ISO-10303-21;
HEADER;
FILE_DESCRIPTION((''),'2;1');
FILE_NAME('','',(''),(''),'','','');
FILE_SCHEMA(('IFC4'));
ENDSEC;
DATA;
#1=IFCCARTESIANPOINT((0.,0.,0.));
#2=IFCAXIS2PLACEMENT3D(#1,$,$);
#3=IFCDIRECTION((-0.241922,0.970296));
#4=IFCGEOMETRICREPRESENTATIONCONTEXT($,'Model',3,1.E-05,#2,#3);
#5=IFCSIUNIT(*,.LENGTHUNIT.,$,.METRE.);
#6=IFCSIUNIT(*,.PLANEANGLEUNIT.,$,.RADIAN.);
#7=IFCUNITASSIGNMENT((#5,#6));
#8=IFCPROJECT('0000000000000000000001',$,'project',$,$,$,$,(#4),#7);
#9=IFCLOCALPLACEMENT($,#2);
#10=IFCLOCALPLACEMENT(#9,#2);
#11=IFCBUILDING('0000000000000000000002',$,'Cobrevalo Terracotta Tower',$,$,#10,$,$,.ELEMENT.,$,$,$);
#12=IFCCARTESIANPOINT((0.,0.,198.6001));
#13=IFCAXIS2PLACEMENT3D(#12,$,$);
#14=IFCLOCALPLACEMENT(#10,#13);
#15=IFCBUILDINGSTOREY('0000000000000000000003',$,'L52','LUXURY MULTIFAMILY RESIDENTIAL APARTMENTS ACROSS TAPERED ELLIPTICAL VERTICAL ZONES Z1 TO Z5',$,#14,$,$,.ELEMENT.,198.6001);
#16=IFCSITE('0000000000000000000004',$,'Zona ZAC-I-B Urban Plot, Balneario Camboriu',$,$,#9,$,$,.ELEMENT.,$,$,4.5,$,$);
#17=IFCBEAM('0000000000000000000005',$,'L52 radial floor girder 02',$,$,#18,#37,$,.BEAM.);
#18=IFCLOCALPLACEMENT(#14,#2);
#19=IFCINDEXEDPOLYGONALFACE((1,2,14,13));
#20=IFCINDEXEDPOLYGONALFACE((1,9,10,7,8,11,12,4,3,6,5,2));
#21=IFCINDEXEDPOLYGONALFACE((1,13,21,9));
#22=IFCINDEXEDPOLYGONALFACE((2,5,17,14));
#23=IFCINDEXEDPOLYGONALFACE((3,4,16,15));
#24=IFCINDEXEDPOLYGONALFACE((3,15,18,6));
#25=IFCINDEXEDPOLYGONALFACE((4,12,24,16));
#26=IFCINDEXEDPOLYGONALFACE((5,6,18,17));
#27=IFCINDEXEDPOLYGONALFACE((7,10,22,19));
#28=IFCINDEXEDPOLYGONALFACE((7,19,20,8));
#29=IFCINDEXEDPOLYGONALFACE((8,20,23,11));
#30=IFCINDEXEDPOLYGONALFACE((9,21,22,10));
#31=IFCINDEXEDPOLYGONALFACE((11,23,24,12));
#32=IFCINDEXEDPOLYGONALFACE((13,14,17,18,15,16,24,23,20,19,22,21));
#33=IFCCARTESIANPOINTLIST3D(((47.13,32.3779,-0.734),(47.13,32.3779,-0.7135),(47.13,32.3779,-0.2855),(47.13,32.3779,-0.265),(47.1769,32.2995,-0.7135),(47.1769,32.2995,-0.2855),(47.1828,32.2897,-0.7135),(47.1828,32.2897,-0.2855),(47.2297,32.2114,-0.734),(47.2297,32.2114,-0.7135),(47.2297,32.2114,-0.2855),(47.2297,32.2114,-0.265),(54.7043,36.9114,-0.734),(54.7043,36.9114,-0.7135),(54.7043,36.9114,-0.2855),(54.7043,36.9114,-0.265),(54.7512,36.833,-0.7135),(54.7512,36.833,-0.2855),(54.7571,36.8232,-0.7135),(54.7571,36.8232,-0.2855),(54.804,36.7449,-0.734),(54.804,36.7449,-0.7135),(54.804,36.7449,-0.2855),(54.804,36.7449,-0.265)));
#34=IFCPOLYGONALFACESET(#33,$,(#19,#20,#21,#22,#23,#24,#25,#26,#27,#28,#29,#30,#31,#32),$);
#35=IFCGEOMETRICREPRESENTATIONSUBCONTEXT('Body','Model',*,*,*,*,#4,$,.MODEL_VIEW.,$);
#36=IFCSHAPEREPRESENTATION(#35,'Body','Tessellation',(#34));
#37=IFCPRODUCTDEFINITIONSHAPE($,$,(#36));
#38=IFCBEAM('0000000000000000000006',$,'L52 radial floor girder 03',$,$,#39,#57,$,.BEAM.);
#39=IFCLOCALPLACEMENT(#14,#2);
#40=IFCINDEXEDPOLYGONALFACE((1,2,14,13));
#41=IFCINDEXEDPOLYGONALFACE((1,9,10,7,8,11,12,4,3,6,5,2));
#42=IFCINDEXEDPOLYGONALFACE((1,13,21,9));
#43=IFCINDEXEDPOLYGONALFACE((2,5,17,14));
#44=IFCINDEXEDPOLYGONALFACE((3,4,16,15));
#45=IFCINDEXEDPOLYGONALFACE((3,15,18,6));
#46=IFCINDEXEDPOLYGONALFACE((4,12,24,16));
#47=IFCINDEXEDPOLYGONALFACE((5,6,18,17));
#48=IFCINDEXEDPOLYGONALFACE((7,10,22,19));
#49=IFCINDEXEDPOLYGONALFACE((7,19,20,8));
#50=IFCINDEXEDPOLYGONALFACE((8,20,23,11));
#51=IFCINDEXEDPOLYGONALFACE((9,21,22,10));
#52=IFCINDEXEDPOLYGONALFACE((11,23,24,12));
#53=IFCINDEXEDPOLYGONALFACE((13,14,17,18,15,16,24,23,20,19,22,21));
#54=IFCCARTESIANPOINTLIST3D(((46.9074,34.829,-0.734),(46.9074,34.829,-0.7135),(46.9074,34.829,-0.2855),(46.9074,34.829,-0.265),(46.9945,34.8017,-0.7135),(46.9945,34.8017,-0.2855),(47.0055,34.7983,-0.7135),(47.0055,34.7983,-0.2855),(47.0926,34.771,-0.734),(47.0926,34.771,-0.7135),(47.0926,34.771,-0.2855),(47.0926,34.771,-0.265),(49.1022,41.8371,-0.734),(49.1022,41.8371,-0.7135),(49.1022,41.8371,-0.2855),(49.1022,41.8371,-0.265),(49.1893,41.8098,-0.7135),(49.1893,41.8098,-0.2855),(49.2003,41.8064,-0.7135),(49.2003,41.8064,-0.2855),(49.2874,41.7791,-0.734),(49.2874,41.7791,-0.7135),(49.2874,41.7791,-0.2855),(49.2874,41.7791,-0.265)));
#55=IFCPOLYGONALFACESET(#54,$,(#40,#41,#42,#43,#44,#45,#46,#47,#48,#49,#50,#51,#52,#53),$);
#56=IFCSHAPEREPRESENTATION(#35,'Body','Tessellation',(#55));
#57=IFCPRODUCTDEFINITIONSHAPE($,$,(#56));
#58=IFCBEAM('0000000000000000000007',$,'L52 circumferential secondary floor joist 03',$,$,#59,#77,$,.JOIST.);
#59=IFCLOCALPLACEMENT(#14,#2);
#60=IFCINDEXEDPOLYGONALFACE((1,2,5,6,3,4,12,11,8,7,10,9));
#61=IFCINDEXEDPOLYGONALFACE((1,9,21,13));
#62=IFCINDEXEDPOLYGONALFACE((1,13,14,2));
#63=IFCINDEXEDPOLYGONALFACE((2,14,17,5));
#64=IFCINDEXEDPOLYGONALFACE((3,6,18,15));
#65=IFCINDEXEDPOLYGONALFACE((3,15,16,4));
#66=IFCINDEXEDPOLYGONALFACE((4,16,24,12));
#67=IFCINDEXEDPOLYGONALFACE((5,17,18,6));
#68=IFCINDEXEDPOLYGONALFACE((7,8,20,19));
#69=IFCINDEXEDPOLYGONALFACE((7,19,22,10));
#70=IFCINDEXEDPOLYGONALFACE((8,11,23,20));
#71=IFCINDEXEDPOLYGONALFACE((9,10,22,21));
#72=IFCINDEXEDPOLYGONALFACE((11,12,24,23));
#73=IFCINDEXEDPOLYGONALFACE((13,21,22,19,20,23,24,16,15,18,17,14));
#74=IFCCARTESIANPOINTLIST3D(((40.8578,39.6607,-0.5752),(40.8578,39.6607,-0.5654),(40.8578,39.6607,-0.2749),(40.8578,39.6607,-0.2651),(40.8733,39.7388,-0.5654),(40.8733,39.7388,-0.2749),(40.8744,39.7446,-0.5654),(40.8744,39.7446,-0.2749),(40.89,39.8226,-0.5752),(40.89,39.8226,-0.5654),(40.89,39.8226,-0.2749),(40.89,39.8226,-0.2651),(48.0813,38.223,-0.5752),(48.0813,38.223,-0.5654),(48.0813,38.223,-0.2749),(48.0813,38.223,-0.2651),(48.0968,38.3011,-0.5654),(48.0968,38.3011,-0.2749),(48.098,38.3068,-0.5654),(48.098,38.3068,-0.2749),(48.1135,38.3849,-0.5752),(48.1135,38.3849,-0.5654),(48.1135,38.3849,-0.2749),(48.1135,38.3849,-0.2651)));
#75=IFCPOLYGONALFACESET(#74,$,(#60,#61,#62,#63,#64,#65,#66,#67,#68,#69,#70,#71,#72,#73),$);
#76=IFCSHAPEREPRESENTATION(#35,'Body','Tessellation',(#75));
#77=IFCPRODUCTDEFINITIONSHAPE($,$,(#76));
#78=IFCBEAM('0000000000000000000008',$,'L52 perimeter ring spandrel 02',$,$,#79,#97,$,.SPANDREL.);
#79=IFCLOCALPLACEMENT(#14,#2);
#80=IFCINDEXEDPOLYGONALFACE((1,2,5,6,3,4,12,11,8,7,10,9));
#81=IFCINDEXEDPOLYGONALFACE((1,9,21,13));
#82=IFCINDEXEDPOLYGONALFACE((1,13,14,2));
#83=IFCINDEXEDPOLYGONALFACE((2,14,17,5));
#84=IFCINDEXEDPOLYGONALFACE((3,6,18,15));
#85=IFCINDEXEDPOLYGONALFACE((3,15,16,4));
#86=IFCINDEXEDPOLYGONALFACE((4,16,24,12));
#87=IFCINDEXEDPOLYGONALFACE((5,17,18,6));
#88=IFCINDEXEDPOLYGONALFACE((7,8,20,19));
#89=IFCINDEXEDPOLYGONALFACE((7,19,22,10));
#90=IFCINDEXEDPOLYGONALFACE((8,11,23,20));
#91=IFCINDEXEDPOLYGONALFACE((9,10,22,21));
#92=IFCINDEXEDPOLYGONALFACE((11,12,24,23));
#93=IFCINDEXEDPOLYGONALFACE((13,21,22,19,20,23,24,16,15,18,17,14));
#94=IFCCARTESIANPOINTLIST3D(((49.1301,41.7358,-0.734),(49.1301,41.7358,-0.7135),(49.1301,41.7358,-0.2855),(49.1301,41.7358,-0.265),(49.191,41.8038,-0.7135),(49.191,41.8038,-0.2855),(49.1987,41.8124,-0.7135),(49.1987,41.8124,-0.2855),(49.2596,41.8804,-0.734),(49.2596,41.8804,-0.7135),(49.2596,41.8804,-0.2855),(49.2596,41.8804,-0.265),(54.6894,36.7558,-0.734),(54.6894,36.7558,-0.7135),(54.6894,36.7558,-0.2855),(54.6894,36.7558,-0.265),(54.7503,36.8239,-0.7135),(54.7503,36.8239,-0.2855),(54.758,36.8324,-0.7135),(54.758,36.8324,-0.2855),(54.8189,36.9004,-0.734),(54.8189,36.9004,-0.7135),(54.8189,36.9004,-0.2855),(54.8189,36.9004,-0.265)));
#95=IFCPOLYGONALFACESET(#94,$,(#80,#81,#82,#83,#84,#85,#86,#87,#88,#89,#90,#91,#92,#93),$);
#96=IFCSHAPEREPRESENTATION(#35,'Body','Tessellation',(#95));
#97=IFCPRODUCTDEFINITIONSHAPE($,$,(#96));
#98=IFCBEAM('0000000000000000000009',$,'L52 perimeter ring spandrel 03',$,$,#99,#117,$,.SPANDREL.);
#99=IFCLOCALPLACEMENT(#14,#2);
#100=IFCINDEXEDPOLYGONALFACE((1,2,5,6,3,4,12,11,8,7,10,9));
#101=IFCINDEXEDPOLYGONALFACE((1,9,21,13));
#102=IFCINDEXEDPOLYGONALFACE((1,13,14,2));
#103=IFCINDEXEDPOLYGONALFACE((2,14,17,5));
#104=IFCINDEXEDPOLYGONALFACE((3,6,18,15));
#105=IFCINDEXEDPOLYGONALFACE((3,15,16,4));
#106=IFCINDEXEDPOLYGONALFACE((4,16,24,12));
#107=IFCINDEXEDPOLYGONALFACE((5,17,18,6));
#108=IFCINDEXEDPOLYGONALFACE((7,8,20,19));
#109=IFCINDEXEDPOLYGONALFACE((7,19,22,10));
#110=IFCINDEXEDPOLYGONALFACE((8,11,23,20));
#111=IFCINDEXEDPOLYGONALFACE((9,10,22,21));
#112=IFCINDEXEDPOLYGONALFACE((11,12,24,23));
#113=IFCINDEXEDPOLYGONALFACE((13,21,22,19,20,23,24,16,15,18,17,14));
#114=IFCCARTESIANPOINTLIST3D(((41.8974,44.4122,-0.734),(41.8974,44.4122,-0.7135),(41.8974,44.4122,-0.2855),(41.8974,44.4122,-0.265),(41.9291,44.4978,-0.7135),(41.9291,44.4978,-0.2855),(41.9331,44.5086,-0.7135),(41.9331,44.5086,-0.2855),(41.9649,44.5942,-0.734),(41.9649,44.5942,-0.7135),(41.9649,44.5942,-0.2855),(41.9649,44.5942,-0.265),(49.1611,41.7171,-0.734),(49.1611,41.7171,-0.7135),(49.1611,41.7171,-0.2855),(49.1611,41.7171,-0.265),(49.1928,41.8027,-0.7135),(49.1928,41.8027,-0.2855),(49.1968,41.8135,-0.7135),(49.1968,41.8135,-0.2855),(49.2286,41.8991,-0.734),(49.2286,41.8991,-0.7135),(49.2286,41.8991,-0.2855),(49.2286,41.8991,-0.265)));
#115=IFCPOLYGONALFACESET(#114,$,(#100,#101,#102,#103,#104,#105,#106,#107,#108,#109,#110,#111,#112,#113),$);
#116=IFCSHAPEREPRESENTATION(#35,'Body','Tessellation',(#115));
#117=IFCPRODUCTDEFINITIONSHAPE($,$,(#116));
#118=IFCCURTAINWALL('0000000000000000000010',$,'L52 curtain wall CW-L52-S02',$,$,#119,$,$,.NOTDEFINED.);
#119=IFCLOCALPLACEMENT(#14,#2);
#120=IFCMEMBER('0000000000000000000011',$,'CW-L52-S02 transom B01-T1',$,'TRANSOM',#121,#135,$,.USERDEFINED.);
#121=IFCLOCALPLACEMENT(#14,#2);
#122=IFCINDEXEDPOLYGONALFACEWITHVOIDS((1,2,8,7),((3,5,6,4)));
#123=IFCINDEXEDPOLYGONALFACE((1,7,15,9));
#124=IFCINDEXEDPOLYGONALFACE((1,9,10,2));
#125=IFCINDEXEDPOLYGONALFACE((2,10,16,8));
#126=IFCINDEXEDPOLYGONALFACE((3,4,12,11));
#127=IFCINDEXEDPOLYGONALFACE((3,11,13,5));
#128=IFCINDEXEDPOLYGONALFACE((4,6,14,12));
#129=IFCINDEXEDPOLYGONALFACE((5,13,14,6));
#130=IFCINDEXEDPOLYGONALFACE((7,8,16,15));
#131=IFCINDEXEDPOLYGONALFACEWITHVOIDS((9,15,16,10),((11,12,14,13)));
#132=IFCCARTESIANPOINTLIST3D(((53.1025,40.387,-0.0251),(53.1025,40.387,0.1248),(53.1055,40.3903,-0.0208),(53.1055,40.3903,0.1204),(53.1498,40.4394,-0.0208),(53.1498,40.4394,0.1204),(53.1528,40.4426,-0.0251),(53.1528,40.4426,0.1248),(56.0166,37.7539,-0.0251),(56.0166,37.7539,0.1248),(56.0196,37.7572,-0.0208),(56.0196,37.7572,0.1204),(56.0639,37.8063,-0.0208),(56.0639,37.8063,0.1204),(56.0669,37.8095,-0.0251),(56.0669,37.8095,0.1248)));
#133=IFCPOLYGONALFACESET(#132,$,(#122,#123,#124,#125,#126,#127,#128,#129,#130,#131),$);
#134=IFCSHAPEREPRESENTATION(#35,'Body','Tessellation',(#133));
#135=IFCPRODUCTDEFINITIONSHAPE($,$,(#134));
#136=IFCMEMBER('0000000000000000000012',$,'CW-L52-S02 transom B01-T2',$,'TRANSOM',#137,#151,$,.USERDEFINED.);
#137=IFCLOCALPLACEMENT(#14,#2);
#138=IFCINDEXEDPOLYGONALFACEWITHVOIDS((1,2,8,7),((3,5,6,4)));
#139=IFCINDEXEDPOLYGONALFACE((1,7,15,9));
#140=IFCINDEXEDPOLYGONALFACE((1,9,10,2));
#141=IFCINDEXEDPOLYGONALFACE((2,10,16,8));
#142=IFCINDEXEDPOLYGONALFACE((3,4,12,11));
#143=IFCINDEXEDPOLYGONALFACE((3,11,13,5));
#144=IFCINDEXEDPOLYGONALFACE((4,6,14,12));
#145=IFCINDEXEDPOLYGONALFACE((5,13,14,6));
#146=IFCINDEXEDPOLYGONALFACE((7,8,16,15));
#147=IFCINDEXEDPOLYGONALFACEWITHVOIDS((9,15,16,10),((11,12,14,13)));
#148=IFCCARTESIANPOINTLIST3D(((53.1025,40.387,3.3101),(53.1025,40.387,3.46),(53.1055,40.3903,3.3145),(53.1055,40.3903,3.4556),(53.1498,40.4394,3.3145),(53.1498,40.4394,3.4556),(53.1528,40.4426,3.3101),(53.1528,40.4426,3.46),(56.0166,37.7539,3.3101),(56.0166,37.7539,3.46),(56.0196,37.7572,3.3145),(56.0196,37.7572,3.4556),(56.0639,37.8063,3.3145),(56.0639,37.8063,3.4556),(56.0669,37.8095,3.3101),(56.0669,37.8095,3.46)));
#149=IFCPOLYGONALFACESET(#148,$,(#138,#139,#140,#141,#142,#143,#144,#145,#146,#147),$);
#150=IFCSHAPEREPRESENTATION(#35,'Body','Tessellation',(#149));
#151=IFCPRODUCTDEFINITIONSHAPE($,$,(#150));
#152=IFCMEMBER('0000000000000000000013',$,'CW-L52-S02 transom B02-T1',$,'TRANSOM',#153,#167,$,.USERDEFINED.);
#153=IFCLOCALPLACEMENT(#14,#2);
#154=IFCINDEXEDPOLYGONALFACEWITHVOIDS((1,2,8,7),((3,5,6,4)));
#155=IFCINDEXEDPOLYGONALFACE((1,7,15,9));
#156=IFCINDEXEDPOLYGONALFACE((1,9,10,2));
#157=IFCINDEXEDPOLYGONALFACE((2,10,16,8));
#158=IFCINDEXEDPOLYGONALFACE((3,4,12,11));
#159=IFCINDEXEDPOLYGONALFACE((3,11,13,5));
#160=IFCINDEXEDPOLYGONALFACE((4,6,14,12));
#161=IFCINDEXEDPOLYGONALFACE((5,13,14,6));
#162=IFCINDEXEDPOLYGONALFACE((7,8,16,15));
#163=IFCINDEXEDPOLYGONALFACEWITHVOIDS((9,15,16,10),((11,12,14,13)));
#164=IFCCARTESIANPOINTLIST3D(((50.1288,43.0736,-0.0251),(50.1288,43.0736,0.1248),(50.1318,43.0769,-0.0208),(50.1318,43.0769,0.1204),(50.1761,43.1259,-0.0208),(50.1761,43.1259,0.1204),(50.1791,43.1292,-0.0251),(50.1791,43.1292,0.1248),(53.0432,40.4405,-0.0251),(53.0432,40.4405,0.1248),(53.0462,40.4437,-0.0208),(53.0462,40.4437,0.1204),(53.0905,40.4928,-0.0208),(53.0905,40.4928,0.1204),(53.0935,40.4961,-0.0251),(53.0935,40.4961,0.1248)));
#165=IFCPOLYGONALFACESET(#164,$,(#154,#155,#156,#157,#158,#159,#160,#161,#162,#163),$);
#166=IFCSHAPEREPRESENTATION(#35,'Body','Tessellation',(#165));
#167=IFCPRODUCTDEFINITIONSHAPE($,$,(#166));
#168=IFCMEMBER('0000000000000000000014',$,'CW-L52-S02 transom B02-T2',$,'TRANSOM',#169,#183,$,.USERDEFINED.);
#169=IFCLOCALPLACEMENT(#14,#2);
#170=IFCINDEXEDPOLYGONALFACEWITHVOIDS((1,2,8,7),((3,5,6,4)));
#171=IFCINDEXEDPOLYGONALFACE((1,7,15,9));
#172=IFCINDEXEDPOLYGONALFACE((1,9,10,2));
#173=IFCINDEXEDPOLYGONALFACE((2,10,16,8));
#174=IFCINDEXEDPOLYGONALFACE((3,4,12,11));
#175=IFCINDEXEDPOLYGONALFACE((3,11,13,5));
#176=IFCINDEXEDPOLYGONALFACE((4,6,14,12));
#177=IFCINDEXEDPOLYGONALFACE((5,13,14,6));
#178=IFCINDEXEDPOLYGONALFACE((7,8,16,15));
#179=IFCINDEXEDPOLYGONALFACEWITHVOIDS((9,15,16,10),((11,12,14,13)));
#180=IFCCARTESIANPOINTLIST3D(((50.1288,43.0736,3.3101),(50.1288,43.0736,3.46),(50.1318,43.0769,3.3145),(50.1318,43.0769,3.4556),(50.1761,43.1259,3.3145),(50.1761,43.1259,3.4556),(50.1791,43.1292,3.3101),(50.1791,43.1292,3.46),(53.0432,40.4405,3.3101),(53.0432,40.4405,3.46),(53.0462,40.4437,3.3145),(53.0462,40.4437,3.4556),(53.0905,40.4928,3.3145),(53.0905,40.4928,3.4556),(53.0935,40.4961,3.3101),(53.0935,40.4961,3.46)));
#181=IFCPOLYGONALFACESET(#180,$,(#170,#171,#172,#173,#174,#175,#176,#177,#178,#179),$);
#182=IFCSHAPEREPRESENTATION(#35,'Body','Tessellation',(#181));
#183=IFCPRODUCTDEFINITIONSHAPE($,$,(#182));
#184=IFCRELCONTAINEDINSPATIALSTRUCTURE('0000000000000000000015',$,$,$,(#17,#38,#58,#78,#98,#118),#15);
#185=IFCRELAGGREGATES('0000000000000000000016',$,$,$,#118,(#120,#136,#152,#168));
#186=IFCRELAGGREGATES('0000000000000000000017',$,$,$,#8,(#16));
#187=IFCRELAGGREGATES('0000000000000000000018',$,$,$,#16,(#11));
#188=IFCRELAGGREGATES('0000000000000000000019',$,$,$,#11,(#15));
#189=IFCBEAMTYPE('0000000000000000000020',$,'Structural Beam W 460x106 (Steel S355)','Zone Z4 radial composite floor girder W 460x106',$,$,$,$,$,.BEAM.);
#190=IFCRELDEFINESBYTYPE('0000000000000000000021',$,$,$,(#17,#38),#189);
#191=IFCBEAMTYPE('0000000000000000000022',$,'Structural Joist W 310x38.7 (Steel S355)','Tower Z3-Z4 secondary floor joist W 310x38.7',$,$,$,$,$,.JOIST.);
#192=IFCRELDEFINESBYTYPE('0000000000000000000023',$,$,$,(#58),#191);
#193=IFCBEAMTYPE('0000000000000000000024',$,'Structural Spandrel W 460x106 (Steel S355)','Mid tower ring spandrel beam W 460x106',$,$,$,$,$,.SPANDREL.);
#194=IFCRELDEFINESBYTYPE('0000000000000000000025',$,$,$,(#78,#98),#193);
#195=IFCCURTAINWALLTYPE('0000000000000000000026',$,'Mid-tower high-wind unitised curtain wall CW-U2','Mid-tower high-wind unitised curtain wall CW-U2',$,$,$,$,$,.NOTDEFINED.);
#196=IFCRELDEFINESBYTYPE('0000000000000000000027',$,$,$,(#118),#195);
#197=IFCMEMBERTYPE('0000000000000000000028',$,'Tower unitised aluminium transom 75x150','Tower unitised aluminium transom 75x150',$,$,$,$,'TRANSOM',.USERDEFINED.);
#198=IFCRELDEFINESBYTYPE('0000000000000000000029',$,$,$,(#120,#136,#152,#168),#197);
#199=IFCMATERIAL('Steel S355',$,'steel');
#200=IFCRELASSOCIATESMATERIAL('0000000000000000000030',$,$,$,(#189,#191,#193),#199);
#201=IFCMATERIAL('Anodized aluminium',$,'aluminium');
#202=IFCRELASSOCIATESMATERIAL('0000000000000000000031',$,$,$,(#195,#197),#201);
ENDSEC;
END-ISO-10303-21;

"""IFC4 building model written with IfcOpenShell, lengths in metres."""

from ifc_helpers import new_model, si_unit, direction, frame, origin, origin_2d, place, context, subcontext, project, spatial, hollow_rectangle, i_section, extrude, source, transform, mapped, material, material_profile, profile_set, type_object, element, aggregate, save


model = new_model("IFC4")

# Units and contexts
model_context = context("Model", 3, precision=1e-05, world=origin(), true_north=direction((-0.241922, 0.970296)))
body_context = subcontext(model_context, "Body", "Model", "MODEL_VIEW")
ifc_project = project(units=[si_unit("LENGTHUNIT", "METRE"), si_unit("PLANEANGLEUNIT", "RADIAN")], contexts=[model_context])

# Site, building, storey
site_placement = place(None, origin())
site = spatial("IfcSite", under=ifc_project, at=site_placement, Name="Zona ZAC-I-B Urban Plot, Balneario Camboriu", CompositionType="ELEMENT", RefElevation=4.5)
building_placement = place(site_placement, origin())
building = spatial("IfcBuilding", under=site, at=building_placement, Name="Cobrevalo Terracotta Tower", CompositionType="ELEMENT")
storey_placement = place(building_placement, frame((0.0, 0.0, 198.6001)))
storey = spatial("IfcBuildingStorey", under=building, at=storey_placement, Name="L52", Description="LUXURY MULTIFAMILY RESIDENTIAL APARTMENTS ACROSS TAPERED ELLIPTICAL VERTICAL ZONES Z1 TO Z5", CompositionType="ELEMENT", Elevation=198.6001)

# Shared definitions
ifc_material_1 = material(Name="Steel S355", Category="steel")

# Beams
ifc_material_profile_1 = material_profile(ifc_material_1, i_section(OverallWidth=0.1941, OverallDepth=0.469, WebThickness=0.0115, FlangeThickness=0.0205, at=origin_2d()), Name="W 460x106")
ifc_profile_set_1 = profile_set([ifc_material_profile_1], Name="Steel S355")
beam_type_1 = type_object("IfcBeamType", Name="Structural Beam W 460x106 (Steel S355)", Description="Zone Z4 radial composite floor girder W 460x106", PredefinedType="BEAM", material=ifc_profile_set_1)
beam_1_placement = place(storey_placement, frame((54.7542, 36.8281, -0.4995), z_axis=(-0.858046, -0.513572, 0.0), x_axis=(0.513572, -0.858046, 0.0)))
element("IfcBeam", 1, at=beam_1_placement, inside=storey, type_object=beam_type_1, Name="L52 radial floor girder 02", PredefinedType="BEAM", context=body_context, shape_type="SweptSolid", body=[
    extrude(i_section(OverallWidth=0.1941, OverallDepth=0.469, WebThickness=0.0115, FlangeThickness=0.0205, at=origin_2d()), origin(), (0.0, 0.0, 1.0), 8.8274),
])
beam_2_placement = place(storey_placement, frame((49.1948, 41.8081, -0.4995), z_axis=(-0.298871, -0.954293, 0.0), x_axis=(0.954293, -0.298871, 0.0)))
element("IfcBeam", 2, at=beam_2_placement, inside=storey, type_object=beam_type_1, Name="L52 radial floor girder 03", PredefinedType="BEAM", context=body_context, shape_type="SweptSolid", body=[
    extrude(i_section(OverallWidth=0.1941, OverallDepth=0.469, WebThickness=0.0115, FlangeThickness=0.0205, at=origin_2d()), origin(), (0.0, 0.0, 1.0), 7.3438),
])
ifc_material_profile_2 = material_profile(ifc_material_1, i_section(OverallWidth=0.165, OverallDepth=0.3101, WebThickness=0.0059, FlangeThickness=0.0098, at=origin_2d()), Name="W 310x38.7")
ifc_profile_set_2 = profile_set([ifc_material_profile_2], Name="Steel S355")
beam_type_2 = type_object("IfcBeamType", Name="Structural Joist W 310x38.7 (Steel S355)", Description="Tower Z3-Z4 secondary floor joist W 310x38.7", PredefinedType="JOIST", material=ifc_profile_set_2)
beam_3_placement = place(storey_placement, frame((48.0974, 38.304, -0.4202), z_axis=(-0.980763, 0.195204, 0.0), x_axis=(-0.195204, -0.980763, 0.0)))
element("IfcBeam", 3, at=beam_3_placement, inside=storey, type_object=beam_type_2, Name="L52 circumferential secondary floor joist 03", PredefinedType="JOIST", context=body_context, shape_type="SweptSolid", body=[
    extrude(i_section(OverallWidth=0.165, OverallDepth=0.3101, WebThickness=0.0059, FlangeThickness=0.0098, at=origin_2d()), origin(), (0.0, 0.0, 1.0), 7.3652),
])
ifc_material_profile_3 = material_profile(ifc_material_1, i_section(OverallWidth=0.1941, OverallDepth=0.469, WebThickness=0.0115, FlangeThickness=0.0205, at=origin_2d()), Name="W 460x106")
ifc_profile_set_3 = profile_set([ifc_material_profile_3], Name="Steel S355")
beam_type_3 = type_object("IfcBeamType", Name="Structural Spandrel W 460x106 (Steel S355)", Description="Mid tower ring spandrel beam W 460x106", PredefinedType="SPANDREL", material=ifc_profile_set_3)
beam_4_placement = place(storey_placement, frame((54.7542, 36.8281, -0.4995), z_axis=(-0.744852, 0.66723, 0.0), x_axis=(-0.66723, -0.744852, 0.0)))
element("IfcBeam", 4, at=beam_4_placement, inside=storey, type_object=beam_type_3, Name="L52 perimeter ring spandrel 02", PredefinedType="SPANDREL", context=body_context, shape_type="SweptSolid", body=[
    extrude(i_section(OverallWidth=0.1941, OverallDepth=0.469, WebThickness=0.0115, FlangeThickness=0.0205, at=origin_2d()), origin(), (0.0, 0.0, 1.0), 7.4636),
])
beam_5_placement = place(storey_placement, frame((49.1948, 41.8081, -0.4995), z_axis=(-0.937546, 0.347861, 0.0), x_axis=(-0.347861, -0.937546, 0.0)))
element("IfcBeam", 5, at=beam_5_placement, inside=storey, type_object=beam_type_3, Name="L52 perimeter ring spandrel 03", PredefinedType="SPANDREL", context=body_context, shape_type="SweptSolid", body=[
    extrude(i_section(OverallWidth=0.1941, OverallDepth=0.469, WebThickness=0.0115, FlangeThickness=0.0205, at=origin_2d()), origin(), (0.0, 0.0, 1.0), 7.7476),
])

# Curtain wall, members
ifc_material_2 = material(Name="Anodized aluminium", Category="aluminium")
curtain_wall_type = type_object("IfcCurtainWallType", Name="Mid-tower high-wind unitised curtain wall CW-U2", Description="Mid-tower high-wind unitised curtain wall CW-U2", PredefinedType="NOTDEFINED", material=ifc_material_2)
curtain_wall_placement = place(storey_placement, origin())
curtain_wall = element("IfcCurtainWall", 6, at=curtain_wall_placement, inside=storey, type_object=curtain_wall_type, Name="L52 curtain wall CW-L52-S02", PredefinedType="NOTDEFINED")
ifc_material_profile_4 = material_profile(ifc_material_2, hollow_rectangle(XDim=0.075, YDim=0.1499, WallThickness=0.0044, at=origin_2d()), Name="CWT 75x150")
ifc_profile_set_4 = profile_set([ifc_material_profile_4], Name="Anodized aluminium")
member_type_1 = type_object("IfcMemberType", Name="Tower unitised aluminium transom 75x150", Description="Tower unitised aluminium transom 75x150", ElementType="TRANSOM", PredefinedType="USERDEFINED", material=ifc_profile_set_4)
shared_shape_1 = source(origin(), body_context, "Body", "SweptSolid", [
    extrude(hollow_rectangle(XDim=0.075, YDim=0.1499, WallThickness=0.0044, at=origin_2d()), origin(), (0.0, 0.0, 1.0), 3.9275),
])
member_1_placement = place(storey_placement, frame((56.0417, 37.7817, 0.0498), z_axis=(-0.741976, 0.670426, 0.0), x_axis=(-0.670426, -0.741976, 0.0)))
member_1 = element("IfcMember", 7, at=member_1_placement, type_object=member_type_1, Name="CW-L52-S02 transom B01-T1", ObjectType="TRANSOM", PredefinedType="USERDEFINED", context=body_context, shape_type="MappedRepresentation", body=[
    mapped(shared_shape_1, transform((0.0, 0.0, 0.0), scale=1.0)),
])
member_2_placement = place(storey_placement, frame((56.0417, 37.7817, 3.385), z_axis=(-0.741976, 0.670426, 0.0), x_axis=(-0.670426, -0.741976, 0.0)))
member_2 = element("IfcMember", 8, at=member_2_placement, type_object=member_type_1, Name="CW-L52-S02 transom B01-T2", ObjectType="TRANSOM", PredefinedType="USERDEFINED", context=body_context, shape_type="MappedRepresentation", body=[
    mapped(shared_shape_1, transform((0.0, 0.0, 0.0), scale=1.0)),
])
shared_shape_2 = source(origin(), body_context, "Body", "SweptSolid", [
    extrude(hollow_rectangle(XDim=0.075, YDim=0.1499, WallThickness=0.0044, at=origin_2d()), origin(), (0.0, 0.0, 1.0), 3.9277),
])
member_3_placement = place(storey_placement, frame((53.0684, 40.4683, 0.0498), z_axis=(-0.742004, 0.670396, 0.0), x_axis=(-0.670396, -0.742004, 0.0)))
member_3 = element("IfcMember", 9, at=member_3_placement, type_object=member_type_1, Name="CW-L52-S02 transom B02-T1", ObjectType="TRANSOM", PredefinedType="USERDEFINED", context=body_context, shape_type="MappedRepresentation", body=[
    mapped(shared_shape_2, transform((0.0, 0.0, 0.0), scale=1.0)),
])
member_4_placement = place(storey_placement, frame((53.0684, 40.4683, 3.385), z_axis=(-0.742004, 0.670396, 0.0), x_axis=(-0.670396, -0.742004, 0.0)))
member_4 = element("IfcMember", 10, at=member_4_placement, type_object=member_type_1, Name="CW-L52-S02 transom B02-T2", ObjectType="TRANSOM", PredefinedType="USERDEFINED", context=body_context, shape_type="MappedRepresentation", body=[
    mapped(shared_shape_2, transform((0.0, 0.0, 0.0), scale=1.0)),
])
aggregate(curtain_wall, [member_1, member_2, member_3, member_4])

save(model, "model.ifc")
